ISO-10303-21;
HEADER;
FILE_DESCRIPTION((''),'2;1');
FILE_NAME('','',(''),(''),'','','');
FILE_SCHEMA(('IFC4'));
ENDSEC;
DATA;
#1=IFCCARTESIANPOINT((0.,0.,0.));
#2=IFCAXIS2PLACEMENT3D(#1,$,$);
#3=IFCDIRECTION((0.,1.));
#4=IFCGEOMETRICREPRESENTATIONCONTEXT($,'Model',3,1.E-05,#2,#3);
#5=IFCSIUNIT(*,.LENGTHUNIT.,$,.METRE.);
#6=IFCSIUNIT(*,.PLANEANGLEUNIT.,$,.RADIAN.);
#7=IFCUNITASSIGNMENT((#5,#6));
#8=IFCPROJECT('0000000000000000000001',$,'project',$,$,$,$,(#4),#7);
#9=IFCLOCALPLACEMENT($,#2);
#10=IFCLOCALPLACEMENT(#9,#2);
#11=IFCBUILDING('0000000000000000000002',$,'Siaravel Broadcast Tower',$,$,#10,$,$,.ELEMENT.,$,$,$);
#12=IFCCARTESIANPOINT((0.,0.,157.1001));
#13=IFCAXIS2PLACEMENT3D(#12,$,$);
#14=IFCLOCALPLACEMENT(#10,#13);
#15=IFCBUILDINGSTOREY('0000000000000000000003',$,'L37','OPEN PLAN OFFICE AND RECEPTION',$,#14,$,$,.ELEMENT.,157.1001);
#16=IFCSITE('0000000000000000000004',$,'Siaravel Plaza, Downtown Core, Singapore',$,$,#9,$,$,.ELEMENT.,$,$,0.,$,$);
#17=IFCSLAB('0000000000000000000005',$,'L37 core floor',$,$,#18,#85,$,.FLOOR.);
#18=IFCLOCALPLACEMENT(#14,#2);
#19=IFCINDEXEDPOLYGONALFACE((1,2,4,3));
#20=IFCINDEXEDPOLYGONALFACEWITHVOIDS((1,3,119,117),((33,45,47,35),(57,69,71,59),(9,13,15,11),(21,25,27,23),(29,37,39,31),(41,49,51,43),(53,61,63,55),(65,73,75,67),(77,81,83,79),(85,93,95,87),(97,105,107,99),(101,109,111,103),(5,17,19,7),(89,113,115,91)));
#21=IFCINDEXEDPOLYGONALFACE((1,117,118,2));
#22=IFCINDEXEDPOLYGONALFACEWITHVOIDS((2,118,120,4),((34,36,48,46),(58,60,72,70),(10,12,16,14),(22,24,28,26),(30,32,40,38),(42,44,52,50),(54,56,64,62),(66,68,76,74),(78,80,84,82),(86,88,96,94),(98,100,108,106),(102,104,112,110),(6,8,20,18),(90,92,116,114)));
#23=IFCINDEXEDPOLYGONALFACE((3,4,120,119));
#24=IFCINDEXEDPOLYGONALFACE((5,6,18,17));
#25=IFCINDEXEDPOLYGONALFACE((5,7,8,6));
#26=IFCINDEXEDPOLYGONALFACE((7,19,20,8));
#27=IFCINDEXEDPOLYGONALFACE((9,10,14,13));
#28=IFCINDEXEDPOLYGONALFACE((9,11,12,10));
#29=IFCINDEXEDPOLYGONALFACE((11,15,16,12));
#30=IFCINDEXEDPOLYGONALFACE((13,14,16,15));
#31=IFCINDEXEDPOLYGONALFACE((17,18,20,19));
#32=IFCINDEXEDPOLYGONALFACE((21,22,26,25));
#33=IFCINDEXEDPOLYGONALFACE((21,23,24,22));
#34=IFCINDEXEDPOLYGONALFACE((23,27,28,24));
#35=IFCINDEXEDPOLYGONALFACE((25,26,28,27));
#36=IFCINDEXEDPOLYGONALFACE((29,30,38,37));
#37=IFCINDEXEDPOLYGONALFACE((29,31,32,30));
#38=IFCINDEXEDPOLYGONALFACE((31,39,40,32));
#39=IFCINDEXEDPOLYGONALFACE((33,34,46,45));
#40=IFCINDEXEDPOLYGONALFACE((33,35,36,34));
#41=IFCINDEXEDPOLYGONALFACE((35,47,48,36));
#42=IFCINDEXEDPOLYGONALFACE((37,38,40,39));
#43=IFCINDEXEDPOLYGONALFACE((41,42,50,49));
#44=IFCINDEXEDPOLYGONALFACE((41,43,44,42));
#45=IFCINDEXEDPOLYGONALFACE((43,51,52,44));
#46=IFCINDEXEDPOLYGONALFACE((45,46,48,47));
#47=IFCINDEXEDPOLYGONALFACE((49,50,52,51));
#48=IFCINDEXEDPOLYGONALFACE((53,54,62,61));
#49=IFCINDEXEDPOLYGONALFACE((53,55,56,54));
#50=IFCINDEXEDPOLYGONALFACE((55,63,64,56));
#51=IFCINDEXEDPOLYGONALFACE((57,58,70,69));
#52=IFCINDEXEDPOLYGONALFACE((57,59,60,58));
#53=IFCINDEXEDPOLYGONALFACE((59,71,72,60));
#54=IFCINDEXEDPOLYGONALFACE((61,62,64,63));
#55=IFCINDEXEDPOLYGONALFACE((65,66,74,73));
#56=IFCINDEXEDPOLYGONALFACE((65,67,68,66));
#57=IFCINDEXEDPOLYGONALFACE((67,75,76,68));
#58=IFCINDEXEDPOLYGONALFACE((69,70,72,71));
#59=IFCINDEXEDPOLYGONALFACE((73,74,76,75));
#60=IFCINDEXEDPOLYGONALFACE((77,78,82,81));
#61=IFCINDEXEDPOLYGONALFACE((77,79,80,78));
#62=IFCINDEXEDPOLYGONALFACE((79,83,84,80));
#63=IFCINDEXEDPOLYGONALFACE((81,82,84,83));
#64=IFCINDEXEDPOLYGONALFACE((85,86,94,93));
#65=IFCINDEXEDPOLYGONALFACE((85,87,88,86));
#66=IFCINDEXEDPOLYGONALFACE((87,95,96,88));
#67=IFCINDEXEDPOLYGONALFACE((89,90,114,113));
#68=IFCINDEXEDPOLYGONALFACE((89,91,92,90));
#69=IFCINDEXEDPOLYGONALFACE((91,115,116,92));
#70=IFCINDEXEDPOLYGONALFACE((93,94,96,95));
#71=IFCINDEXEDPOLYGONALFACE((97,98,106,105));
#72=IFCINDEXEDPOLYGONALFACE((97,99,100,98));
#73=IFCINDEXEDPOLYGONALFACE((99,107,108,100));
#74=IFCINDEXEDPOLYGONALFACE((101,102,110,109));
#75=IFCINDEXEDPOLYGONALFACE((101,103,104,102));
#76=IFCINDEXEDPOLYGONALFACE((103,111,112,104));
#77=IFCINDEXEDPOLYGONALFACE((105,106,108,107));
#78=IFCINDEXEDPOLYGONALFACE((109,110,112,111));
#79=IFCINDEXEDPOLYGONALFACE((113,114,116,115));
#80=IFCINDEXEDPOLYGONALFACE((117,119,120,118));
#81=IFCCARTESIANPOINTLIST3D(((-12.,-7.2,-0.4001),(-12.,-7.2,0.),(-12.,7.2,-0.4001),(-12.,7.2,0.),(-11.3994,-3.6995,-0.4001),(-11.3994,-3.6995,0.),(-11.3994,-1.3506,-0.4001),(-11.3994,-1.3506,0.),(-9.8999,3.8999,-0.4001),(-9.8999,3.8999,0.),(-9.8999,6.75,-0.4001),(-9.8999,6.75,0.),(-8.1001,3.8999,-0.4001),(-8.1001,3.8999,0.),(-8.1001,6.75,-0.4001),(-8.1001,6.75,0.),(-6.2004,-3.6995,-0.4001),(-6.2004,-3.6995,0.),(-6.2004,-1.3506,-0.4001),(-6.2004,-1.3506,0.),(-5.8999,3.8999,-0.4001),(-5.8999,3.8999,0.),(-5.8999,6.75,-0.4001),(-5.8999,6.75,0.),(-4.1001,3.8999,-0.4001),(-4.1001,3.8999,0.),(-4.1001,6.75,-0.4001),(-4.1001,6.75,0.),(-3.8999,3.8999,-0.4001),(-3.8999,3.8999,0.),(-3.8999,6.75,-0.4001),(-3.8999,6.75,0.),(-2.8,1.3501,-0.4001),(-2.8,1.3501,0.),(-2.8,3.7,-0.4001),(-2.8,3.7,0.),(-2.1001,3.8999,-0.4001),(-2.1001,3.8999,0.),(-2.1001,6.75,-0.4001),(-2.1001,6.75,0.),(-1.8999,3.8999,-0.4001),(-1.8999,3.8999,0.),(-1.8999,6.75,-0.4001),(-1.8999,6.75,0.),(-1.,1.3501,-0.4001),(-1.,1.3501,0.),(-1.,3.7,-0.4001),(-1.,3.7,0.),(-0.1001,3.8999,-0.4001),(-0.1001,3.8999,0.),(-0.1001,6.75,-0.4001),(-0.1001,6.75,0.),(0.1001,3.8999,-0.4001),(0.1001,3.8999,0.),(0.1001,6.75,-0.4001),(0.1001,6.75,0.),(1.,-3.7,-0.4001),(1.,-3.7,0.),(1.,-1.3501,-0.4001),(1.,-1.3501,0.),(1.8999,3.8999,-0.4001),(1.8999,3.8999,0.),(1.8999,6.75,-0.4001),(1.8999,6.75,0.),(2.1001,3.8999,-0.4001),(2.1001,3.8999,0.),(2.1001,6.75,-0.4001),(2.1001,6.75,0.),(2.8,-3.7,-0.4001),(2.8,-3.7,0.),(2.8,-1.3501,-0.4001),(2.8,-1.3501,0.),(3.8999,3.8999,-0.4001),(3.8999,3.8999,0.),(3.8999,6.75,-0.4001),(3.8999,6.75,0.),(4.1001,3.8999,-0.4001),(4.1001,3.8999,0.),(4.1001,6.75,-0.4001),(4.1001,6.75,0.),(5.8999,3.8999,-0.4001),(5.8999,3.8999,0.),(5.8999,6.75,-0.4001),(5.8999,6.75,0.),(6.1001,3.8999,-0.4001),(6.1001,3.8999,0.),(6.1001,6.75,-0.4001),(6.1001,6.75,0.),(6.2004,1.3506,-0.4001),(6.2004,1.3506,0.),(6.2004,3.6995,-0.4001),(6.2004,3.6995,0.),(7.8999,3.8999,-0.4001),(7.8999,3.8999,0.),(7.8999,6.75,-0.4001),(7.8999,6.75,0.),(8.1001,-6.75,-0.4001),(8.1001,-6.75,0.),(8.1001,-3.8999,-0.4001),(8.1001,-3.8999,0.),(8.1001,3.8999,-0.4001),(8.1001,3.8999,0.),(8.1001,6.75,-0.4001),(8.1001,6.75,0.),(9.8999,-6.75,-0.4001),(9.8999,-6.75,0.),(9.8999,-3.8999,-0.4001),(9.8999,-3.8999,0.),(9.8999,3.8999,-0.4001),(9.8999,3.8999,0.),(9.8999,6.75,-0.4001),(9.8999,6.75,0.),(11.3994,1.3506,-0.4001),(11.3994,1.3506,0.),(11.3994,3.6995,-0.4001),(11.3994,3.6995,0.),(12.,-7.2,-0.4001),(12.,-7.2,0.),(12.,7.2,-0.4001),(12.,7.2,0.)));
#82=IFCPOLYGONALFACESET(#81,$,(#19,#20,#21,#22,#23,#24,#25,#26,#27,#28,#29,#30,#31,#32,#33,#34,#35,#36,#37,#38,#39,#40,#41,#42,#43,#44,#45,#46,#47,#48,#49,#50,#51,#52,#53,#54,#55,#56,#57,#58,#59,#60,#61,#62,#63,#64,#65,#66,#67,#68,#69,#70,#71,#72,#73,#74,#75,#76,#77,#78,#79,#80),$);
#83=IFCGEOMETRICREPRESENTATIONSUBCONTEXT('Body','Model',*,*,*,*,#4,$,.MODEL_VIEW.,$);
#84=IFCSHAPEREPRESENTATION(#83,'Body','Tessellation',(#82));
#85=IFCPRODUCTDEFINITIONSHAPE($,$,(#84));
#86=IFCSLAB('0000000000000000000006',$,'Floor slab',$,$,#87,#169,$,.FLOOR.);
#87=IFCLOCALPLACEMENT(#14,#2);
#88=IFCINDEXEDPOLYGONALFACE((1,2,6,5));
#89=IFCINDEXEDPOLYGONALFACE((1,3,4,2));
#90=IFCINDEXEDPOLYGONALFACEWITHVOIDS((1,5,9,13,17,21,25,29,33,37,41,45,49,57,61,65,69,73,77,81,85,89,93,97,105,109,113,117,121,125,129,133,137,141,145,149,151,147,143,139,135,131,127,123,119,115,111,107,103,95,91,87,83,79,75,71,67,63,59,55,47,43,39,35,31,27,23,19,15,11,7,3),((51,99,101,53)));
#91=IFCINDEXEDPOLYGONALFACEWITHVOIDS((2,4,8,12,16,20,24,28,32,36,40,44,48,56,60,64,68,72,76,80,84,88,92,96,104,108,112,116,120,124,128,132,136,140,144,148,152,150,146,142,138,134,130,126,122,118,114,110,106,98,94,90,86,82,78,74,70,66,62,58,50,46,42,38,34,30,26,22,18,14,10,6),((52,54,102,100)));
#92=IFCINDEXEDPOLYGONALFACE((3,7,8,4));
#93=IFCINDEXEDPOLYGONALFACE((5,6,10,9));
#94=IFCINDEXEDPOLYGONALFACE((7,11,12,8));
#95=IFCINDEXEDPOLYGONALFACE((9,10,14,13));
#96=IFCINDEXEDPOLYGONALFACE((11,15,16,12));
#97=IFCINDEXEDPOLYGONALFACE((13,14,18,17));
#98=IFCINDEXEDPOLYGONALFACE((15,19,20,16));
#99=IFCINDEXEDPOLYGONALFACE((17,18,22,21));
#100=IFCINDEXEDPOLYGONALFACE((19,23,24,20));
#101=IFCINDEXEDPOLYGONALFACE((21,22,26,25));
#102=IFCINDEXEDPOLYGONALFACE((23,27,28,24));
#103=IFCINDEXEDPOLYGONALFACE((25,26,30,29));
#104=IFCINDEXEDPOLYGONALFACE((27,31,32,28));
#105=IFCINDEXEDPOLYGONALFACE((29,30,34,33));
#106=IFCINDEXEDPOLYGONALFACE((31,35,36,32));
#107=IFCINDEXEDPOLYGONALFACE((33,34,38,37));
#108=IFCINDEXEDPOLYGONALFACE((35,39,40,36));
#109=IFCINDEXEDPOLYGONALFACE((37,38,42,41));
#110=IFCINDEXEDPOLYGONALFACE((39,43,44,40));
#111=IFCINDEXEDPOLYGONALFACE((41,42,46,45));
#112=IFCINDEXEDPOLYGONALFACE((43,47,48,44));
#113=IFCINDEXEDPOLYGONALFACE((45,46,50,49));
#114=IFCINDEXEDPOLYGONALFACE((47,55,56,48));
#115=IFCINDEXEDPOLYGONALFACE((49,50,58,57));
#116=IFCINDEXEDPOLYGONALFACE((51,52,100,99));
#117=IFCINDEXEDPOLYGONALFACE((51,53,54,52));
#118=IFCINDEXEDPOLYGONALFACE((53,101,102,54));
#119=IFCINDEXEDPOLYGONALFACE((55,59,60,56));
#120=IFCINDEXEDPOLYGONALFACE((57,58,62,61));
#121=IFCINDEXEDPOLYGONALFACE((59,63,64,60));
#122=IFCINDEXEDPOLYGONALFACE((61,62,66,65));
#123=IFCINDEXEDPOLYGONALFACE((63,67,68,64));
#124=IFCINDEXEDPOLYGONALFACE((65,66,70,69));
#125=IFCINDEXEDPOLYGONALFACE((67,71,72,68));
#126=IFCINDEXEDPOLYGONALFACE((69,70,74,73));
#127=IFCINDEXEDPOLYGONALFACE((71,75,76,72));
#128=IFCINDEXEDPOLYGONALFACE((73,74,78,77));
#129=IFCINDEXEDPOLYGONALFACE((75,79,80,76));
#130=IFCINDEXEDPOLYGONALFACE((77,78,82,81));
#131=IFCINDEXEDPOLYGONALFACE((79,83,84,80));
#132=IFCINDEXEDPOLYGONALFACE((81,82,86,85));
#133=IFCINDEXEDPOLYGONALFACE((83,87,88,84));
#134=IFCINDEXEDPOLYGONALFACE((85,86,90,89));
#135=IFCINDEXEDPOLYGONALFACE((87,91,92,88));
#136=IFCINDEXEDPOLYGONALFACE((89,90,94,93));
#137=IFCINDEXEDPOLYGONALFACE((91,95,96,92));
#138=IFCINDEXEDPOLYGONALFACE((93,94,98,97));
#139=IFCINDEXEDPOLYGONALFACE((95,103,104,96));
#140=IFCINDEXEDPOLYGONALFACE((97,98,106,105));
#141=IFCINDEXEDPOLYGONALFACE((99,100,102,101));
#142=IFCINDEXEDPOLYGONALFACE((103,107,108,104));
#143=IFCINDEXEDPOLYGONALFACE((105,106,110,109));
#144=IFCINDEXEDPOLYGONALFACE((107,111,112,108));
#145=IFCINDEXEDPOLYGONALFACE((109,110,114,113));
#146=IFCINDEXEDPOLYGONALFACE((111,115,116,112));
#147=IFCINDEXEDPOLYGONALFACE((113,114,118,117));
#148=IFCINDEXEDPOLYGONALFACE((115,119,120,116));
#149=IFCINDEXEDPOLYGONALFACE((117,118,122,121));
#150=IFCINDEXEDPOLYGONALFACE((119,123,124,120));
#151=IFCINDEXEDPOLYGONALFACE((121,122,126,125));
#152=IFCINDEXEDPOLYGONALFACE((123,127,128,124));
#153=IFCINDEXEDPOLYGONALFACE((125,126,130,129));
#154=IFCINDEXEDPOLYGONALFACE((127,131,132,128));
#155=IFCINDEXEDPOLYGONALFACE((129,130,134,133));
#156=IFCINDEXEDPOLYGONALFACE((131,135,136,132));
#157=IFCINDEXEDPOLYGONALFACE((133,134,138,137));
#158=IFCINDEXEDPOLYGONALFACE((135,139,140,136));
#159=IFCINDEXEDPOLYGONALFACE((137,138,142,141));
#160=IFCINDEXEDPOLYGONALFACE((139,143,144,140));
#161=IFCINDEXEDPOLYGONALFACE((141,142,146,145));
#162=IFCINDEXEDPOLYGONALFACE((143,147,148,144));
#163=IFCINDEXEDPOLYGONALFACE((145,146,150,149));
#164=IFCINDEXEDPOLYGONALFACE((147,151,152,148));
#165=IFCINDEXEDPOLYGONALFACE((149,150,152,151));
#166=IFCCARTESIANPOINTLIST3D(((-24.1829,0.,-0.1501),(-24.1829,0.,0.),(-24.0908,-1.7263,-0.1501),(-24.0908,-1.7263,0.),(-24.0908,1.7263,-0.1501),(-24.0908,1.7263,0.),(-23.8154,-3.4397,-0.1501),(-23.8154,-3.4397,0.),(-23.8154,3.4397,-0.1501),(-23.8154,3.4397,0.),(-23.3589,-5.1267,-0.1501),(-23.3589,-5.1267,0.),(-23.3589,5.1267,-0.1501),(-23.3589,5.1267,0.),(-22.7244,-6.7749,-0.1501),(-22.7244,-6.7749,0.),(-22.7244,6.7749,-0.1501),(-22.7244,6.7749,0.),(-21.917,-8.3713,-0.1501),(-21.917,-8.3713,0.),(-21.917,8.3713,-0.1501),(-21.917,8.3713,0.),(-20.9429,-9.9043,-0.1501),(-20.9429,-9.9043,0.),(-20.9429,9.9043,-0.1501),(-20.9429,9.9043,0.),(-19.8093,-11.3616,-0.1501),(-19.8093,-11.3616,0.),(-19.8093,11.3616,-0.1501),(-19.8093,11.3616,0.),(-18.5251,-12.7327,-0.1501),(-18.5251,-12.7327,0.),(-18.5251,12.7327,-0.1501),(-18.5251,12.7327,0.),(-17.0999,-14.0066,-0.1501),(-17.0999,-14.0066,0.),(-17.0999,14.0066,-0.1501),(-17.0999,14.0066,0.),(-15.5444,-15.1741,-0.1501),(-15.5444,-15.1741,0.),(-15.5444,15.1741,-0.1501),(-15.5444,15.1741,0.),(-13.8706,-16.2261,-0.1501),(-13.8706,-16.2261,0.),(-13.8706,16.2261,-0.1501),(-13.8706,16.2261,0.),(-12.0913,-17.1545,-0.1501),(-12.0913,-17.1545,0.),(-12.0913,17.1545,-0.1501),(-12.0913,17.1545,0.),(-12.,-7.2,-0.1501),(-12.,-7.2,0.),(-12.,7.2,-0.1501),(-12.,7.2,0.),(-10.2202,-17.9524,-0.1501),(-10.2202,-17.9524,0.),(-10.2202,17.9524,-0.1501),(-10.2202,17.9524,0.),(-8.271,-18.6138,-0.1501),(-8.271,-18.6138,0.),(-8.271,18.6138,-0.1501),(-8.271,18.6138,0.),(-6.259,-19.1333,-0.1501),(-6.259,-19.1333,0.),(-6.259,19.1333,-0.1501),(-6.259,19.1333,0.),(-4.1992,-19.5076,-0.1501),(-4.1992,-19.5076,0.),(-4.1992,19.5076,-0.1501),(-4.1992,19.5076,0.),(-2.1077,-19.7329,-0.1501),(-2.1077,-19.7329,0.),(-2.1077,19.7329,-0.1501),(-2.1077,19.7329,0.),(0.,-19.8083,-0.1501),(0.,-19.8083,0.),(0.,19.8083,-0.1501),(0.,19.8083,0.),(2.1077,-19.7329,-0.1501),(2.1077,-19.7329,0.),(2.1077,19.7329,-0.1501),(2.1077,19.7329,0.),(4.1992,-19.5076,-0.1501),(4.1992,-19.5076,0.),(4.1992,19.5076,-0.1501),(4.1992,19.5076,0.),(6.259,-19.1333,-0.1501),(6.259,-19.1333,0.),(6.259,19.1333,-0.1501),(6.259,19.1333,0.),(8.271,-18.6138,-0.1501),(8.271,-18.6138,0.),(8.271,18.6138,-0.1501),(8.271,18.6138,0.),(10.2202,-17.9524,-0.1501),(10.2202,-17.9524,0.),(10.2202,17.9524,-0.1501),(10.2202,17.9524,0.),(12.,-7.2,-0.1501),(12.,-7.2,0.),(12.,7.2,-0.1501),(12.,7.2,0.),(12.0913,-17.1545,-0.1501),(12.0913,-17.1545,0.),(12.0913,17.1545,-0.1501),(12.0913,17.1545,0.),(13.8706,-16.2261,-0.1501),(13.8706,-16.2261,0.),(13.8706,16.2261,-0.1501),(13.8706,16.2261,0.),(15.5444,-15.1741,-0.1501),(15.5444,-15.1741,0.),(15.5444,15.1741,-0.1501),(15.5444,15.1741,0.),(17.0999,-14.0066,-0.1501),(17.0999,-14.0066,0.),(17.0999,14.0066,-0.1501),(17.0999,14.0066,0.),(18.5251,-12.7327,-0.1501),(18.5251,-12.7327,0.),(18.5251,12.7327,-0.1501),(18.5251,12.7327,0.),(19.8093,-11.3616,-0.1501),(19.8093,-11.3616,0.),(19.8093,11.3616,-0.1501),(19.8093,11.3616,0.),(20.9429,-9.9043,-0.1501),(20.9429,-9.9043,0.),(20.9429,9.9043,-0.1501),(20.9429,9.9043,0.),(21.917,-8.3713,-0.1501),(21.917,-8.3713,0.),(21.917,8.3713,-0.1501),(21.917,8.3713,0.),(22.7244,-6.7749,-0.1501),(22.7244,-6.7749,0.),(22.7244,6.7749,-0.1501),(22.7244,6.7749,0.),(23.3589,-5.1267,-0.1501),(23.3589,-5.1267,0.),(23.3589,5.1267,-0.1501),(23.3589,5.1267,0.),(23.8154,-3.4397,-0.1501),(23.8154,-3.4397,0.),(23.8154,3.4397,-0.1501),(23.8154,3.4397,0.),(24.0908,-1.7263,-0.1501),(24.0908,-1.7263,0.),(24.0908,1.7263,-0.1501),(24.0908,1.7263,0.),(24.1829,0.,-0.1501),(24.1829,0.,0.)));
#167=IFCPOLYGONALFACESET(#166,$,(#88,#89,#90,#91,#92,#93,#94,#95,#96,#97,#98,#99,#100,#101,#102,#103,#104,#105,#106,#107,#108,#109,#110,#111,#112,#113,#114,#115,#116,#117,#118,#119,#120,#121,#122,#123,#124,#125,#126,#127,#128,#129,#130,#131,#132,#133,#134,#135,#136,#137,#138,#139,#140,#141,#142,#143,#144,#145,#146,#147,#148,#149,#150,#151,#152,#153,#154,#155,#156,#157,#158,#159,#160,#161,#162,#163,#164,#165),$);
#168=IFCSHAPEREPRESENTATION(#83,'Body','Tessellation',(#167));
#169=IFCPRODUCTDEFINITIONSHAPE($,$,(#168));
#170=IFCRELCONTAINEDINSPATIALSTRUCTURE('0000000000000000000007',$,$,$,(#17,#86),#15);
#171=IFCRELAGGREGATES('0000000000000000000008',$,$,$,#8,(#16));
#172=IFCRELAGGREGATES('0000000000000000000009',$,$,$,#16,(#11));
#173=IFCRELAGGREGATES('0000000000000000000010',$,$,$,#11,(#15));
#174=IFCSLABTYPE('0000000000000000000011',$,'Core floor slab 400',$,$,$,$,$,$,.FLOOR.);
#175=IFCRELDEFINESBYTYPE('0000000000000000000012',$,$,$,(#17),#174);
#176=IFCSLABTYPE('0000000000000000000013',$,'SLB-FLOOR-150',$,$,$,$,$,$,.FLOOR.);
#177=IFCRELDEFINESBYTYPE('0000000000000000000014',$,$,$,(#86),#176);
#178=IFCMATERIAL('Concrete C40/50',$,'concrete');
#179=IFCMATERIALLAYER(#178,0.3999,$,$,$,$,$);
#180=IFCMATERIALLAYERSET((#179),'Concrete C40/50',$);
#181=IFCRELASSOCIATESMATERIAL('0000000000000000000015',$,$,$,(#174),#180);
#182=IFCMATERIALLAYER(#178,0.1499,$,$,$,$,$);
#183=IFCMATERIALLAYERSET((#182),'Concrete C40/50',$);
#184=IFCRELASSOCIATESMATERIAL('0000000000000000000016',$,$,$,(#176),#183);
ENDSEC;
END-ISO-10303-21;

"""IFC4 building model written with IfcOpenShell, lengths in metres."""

from ifc_helpers import new_model, si_unit, direction, frame, origin, place, context, subcontext, project, spatial, polyline, outline, extrude, material, layer, layer_set, type_object, element, save


model = new_model("IFC4")

# Units and contexts
model_context = context("Model", 3, precision=1e-05, world=origin(), true_north=direction((0.0, 1.0)))
body_context = subcontext(model_context, "Body", "Model", "MODEL_VIEW")
ifc_project = project(units=[si_unit("LENGTHUNIT", "METRE"), si_unit("PLANEANGLEUNIT", "RADIAN")], contexts=[model_context])

# Site, building, storey
site_placement = place(None, origin())
site = spatial("IfcSite", under=ifc_project, at=site_placement, Name="Siaravel Plaza, Downtown Core, Singapore", CompositionType="ELEMENT", RefElevation=0.0)
building_placement = place(site_placement, origin())
building = spatial("IfcBuilding", under=site, at=building_placement, Name="Siaravel Broadcast Tower", CompositionType="ELEMENT")
storey_placement = place(building_placement, frame((0.0, 0.0, 157.1001)))
storey = spatial("IfcBuildingStorey", under=building, at=storey_placement, Name="L37", Description="OPEN PLAN OFFICE AND RECEPTION", CompositionType="ELEMENT", Elevation=157.1001)

# Slabs
ifc_material_1 = material(Name="Concrete C40/50", Category="concrete")
ifc_layer_1 = layer(ifc_material_1, 0.3999)
ifc_layer_set_1 = layer_set([ifc_layer_1], Name="Concrete C40/50")
slab_type_1 = type_object("IfcSlabType", Name="Core floor slab 400", PredefinedType="FLOOR", material=ifc_layer_set_1)
slab_1_placement = place(storey_placement, frame((0.0, 0.0, -0.4001)))
element("IfcSlab", 1, at=slab_1_placement, inside=storey, type_object=slab_type_1, Name="L37 core floor", PredefinedType="FLOOR", context=body_context, shape_type="SweptSolid", body=[
    extrude(outline(polyline([(-12.0, -7.2), (-12.0, 7.2), (12.0, 7.2), (12.0, -7.2), (-12.0, -7.2)]), holes=[polyline([(11.3994, 1.3506), (11.3994, 3.6995), (6.2004, 3.6995), (6.2004, 1.3506), (11.3994, 1.3506)]), polyline([(8.1001, -3.8999), (8.1001, -6.75), (9.8999, -6.75), (9.8999, -3.8999), (8.1001, -3.8999)]), polyline([(9.8999, 6.75), (8.1001, 6.75), (8.1001, 3.8999), (9.8999, 3.8999), (9.8999, 6.75)]), polyline([(7.8999, 6.75), (6.1001, 6.75), (6.1001, 3.8999), (7.8999, 3.8999), (7.8999, 6.75)]), polyline([(5.8999, 6.75), (4.1001, 6.75), (4.1001, 3.8999), (5.8999, 3.8999), (5.8999, 6.75)]), polyline([(3.8999, 6.75), (2.1001, 6.75), (2.1001, 3.8999), (3.8999, 3.8999), (3.8999, 6.75)]), polyline([(2.8, -1.3501), (1.0, -1.3501), (1.0, -3.7), (2.8, -3.7), (2.8, -1.3501)]), polyline([(1.8999, 6.75), (0.1001, 6.75), (0.1001, 3.8999), (1.8999, 3.8999), (1.8999, 6.75)]), polyline([(-0.1001, 6.75), (-1.8999, 6.75), (-1.8999, 3.8999), (-0.1001, 3.8999), (-0.1001, 6.75)]), polyline([(-1.0, 3.7), (-2.8, 3.7), (-2.8, 1.3501), (-1.0, 1.3501), (-1.0, 3.7)]), polyline([(-2.1001, 6.75), (-3.8999, 6.75), (-3.8999, 3.8999), (-2.1001, 3.8999), (-2.1001, 6.75)]), polyline([(-4.1001, 6.75), (-5.8999, 6.75), (-5.8999, 3.8999), (-4.1001, 3.8999), (-4.1001, 6.75)]), polyline([(-11.3994, -3.6995), (-6.2004, -3.6995), (-6.2004, -1.3506), (-11.3994, -1.3506), (-11.3994, -3.6995)]), polyline([(-8.1001, 6.75), (-9.8999, 6.75), (-9.8999, 3.8999), (-8.1001, 3.8999), (-8.1001, 6.75)])]), origin(), (0.0, 0.0, 1.0), 0.4001),
])
ifc_layer_2 = layer(ifc_material_1, 0.1499)
ifc_layer_set_2 = layer_set([ifc_layer_2], Name="Concrete C40/50")
slab_type_2 = type_object("IfcSlabType", Name="SLB-FLOOR-150", PredefinedType="FLOOR", material=ifc_layer_set_2)
slab_2_placement = place(storey_placement, frame((0.0, 0.0, -0.1501)))
element("IfcSlab", 2, at=slab_2_placement, inside=storey, type_object=slab_type_2, Name="Floor slab", PredefinedType="FLOOR", context=body_context, shape_type="SweptSolid", body=[
    extrude(outline(polyline([(24.1829, 0.0), (24.0908, 1.7263), (23.8154, 3.4397), (23.3589, 5.1267), (22.7244, 6.7749), (21.917, 8.3713), (20.9429, 9.9043), (19.8093, 11.3616), (18.5251, 12.7327), (17.0999, 14.0066), (15.5444, 15.1741), (13.8706, 16.2261), (12.0913, 17.1545), (10.2202, 17.9524), (8.271, 18.6138), (6.259, 19.1333), (4.1992, 19.5076), (2.1077, 19.7329), (0.0, 19.8083), (-2.1077, 19.7329), (-4.1992, 19.5076), (-6.259, 19.1333), (-8.271, 18.6138), (-10.2202, 17.9524), (-12.0913, 17.1545), (-13.8706, 16.2261), (-15.5444, 15.1741), (-17.0999, 14.0066), (-18.5251, 12.7327), (-19.8093, 11.3616), (-20.9429, 9.9043), (-21.917, 8.3713), (-22.7244, 6.7749), (-23.3589, 5.1267), (-23.8154, 3.4397), (-24.0908, 1.7263), (-24.1829, 0.0), (-24.0908, -1.7263), (-23.8154, -3.4397), (-23.3589, -5.1267), (-22.7244, -6.7749), (-21.917, -8.3713), (-20.9429, -9.9043), (-19.8093, -11.3616), (-18.5251, -12.7327), (-17.0999, -14.0066), (-15.5444, -15.1741), (-13.8706, -16.2261), (-12.0913, -17.1545), (-10.2202, -17.9524), (-8.271, -18.6138), (-6.259, -19.1333), (-4.1992, -19.5076), (-2.1077, -19.7329), (0.0, -19.8083), (2.1077, -19.7329), (4.1992, -19.5076), (6.259, -19.1333), (8.271, -18.6138), (10.2202, -17.9524), (12.0913, -17.1545), (13.8706, -16.2261), (15.5444, -15.1741), (17.0999, -14.0066), (18.5251, -12.7327), (19.8093, -11.3616), (20.9429, -9.9043), (21.917, -8.3713), (22.7244, -6.7749), (23.3589, -5.1267), (23.8154, -3.4397), (24.0908, -1.7263), (24.1829, 0.0)]), holes=[polyline([(-12.0, 7.2), (12.0, 7.2), (12.0, -7.2), (-12.0, -7.2), (-12.0, 7.2)])]), origin(), (0.0, 0.0, 1.0), 0.1501),
])

save(model, "model.ifc")
